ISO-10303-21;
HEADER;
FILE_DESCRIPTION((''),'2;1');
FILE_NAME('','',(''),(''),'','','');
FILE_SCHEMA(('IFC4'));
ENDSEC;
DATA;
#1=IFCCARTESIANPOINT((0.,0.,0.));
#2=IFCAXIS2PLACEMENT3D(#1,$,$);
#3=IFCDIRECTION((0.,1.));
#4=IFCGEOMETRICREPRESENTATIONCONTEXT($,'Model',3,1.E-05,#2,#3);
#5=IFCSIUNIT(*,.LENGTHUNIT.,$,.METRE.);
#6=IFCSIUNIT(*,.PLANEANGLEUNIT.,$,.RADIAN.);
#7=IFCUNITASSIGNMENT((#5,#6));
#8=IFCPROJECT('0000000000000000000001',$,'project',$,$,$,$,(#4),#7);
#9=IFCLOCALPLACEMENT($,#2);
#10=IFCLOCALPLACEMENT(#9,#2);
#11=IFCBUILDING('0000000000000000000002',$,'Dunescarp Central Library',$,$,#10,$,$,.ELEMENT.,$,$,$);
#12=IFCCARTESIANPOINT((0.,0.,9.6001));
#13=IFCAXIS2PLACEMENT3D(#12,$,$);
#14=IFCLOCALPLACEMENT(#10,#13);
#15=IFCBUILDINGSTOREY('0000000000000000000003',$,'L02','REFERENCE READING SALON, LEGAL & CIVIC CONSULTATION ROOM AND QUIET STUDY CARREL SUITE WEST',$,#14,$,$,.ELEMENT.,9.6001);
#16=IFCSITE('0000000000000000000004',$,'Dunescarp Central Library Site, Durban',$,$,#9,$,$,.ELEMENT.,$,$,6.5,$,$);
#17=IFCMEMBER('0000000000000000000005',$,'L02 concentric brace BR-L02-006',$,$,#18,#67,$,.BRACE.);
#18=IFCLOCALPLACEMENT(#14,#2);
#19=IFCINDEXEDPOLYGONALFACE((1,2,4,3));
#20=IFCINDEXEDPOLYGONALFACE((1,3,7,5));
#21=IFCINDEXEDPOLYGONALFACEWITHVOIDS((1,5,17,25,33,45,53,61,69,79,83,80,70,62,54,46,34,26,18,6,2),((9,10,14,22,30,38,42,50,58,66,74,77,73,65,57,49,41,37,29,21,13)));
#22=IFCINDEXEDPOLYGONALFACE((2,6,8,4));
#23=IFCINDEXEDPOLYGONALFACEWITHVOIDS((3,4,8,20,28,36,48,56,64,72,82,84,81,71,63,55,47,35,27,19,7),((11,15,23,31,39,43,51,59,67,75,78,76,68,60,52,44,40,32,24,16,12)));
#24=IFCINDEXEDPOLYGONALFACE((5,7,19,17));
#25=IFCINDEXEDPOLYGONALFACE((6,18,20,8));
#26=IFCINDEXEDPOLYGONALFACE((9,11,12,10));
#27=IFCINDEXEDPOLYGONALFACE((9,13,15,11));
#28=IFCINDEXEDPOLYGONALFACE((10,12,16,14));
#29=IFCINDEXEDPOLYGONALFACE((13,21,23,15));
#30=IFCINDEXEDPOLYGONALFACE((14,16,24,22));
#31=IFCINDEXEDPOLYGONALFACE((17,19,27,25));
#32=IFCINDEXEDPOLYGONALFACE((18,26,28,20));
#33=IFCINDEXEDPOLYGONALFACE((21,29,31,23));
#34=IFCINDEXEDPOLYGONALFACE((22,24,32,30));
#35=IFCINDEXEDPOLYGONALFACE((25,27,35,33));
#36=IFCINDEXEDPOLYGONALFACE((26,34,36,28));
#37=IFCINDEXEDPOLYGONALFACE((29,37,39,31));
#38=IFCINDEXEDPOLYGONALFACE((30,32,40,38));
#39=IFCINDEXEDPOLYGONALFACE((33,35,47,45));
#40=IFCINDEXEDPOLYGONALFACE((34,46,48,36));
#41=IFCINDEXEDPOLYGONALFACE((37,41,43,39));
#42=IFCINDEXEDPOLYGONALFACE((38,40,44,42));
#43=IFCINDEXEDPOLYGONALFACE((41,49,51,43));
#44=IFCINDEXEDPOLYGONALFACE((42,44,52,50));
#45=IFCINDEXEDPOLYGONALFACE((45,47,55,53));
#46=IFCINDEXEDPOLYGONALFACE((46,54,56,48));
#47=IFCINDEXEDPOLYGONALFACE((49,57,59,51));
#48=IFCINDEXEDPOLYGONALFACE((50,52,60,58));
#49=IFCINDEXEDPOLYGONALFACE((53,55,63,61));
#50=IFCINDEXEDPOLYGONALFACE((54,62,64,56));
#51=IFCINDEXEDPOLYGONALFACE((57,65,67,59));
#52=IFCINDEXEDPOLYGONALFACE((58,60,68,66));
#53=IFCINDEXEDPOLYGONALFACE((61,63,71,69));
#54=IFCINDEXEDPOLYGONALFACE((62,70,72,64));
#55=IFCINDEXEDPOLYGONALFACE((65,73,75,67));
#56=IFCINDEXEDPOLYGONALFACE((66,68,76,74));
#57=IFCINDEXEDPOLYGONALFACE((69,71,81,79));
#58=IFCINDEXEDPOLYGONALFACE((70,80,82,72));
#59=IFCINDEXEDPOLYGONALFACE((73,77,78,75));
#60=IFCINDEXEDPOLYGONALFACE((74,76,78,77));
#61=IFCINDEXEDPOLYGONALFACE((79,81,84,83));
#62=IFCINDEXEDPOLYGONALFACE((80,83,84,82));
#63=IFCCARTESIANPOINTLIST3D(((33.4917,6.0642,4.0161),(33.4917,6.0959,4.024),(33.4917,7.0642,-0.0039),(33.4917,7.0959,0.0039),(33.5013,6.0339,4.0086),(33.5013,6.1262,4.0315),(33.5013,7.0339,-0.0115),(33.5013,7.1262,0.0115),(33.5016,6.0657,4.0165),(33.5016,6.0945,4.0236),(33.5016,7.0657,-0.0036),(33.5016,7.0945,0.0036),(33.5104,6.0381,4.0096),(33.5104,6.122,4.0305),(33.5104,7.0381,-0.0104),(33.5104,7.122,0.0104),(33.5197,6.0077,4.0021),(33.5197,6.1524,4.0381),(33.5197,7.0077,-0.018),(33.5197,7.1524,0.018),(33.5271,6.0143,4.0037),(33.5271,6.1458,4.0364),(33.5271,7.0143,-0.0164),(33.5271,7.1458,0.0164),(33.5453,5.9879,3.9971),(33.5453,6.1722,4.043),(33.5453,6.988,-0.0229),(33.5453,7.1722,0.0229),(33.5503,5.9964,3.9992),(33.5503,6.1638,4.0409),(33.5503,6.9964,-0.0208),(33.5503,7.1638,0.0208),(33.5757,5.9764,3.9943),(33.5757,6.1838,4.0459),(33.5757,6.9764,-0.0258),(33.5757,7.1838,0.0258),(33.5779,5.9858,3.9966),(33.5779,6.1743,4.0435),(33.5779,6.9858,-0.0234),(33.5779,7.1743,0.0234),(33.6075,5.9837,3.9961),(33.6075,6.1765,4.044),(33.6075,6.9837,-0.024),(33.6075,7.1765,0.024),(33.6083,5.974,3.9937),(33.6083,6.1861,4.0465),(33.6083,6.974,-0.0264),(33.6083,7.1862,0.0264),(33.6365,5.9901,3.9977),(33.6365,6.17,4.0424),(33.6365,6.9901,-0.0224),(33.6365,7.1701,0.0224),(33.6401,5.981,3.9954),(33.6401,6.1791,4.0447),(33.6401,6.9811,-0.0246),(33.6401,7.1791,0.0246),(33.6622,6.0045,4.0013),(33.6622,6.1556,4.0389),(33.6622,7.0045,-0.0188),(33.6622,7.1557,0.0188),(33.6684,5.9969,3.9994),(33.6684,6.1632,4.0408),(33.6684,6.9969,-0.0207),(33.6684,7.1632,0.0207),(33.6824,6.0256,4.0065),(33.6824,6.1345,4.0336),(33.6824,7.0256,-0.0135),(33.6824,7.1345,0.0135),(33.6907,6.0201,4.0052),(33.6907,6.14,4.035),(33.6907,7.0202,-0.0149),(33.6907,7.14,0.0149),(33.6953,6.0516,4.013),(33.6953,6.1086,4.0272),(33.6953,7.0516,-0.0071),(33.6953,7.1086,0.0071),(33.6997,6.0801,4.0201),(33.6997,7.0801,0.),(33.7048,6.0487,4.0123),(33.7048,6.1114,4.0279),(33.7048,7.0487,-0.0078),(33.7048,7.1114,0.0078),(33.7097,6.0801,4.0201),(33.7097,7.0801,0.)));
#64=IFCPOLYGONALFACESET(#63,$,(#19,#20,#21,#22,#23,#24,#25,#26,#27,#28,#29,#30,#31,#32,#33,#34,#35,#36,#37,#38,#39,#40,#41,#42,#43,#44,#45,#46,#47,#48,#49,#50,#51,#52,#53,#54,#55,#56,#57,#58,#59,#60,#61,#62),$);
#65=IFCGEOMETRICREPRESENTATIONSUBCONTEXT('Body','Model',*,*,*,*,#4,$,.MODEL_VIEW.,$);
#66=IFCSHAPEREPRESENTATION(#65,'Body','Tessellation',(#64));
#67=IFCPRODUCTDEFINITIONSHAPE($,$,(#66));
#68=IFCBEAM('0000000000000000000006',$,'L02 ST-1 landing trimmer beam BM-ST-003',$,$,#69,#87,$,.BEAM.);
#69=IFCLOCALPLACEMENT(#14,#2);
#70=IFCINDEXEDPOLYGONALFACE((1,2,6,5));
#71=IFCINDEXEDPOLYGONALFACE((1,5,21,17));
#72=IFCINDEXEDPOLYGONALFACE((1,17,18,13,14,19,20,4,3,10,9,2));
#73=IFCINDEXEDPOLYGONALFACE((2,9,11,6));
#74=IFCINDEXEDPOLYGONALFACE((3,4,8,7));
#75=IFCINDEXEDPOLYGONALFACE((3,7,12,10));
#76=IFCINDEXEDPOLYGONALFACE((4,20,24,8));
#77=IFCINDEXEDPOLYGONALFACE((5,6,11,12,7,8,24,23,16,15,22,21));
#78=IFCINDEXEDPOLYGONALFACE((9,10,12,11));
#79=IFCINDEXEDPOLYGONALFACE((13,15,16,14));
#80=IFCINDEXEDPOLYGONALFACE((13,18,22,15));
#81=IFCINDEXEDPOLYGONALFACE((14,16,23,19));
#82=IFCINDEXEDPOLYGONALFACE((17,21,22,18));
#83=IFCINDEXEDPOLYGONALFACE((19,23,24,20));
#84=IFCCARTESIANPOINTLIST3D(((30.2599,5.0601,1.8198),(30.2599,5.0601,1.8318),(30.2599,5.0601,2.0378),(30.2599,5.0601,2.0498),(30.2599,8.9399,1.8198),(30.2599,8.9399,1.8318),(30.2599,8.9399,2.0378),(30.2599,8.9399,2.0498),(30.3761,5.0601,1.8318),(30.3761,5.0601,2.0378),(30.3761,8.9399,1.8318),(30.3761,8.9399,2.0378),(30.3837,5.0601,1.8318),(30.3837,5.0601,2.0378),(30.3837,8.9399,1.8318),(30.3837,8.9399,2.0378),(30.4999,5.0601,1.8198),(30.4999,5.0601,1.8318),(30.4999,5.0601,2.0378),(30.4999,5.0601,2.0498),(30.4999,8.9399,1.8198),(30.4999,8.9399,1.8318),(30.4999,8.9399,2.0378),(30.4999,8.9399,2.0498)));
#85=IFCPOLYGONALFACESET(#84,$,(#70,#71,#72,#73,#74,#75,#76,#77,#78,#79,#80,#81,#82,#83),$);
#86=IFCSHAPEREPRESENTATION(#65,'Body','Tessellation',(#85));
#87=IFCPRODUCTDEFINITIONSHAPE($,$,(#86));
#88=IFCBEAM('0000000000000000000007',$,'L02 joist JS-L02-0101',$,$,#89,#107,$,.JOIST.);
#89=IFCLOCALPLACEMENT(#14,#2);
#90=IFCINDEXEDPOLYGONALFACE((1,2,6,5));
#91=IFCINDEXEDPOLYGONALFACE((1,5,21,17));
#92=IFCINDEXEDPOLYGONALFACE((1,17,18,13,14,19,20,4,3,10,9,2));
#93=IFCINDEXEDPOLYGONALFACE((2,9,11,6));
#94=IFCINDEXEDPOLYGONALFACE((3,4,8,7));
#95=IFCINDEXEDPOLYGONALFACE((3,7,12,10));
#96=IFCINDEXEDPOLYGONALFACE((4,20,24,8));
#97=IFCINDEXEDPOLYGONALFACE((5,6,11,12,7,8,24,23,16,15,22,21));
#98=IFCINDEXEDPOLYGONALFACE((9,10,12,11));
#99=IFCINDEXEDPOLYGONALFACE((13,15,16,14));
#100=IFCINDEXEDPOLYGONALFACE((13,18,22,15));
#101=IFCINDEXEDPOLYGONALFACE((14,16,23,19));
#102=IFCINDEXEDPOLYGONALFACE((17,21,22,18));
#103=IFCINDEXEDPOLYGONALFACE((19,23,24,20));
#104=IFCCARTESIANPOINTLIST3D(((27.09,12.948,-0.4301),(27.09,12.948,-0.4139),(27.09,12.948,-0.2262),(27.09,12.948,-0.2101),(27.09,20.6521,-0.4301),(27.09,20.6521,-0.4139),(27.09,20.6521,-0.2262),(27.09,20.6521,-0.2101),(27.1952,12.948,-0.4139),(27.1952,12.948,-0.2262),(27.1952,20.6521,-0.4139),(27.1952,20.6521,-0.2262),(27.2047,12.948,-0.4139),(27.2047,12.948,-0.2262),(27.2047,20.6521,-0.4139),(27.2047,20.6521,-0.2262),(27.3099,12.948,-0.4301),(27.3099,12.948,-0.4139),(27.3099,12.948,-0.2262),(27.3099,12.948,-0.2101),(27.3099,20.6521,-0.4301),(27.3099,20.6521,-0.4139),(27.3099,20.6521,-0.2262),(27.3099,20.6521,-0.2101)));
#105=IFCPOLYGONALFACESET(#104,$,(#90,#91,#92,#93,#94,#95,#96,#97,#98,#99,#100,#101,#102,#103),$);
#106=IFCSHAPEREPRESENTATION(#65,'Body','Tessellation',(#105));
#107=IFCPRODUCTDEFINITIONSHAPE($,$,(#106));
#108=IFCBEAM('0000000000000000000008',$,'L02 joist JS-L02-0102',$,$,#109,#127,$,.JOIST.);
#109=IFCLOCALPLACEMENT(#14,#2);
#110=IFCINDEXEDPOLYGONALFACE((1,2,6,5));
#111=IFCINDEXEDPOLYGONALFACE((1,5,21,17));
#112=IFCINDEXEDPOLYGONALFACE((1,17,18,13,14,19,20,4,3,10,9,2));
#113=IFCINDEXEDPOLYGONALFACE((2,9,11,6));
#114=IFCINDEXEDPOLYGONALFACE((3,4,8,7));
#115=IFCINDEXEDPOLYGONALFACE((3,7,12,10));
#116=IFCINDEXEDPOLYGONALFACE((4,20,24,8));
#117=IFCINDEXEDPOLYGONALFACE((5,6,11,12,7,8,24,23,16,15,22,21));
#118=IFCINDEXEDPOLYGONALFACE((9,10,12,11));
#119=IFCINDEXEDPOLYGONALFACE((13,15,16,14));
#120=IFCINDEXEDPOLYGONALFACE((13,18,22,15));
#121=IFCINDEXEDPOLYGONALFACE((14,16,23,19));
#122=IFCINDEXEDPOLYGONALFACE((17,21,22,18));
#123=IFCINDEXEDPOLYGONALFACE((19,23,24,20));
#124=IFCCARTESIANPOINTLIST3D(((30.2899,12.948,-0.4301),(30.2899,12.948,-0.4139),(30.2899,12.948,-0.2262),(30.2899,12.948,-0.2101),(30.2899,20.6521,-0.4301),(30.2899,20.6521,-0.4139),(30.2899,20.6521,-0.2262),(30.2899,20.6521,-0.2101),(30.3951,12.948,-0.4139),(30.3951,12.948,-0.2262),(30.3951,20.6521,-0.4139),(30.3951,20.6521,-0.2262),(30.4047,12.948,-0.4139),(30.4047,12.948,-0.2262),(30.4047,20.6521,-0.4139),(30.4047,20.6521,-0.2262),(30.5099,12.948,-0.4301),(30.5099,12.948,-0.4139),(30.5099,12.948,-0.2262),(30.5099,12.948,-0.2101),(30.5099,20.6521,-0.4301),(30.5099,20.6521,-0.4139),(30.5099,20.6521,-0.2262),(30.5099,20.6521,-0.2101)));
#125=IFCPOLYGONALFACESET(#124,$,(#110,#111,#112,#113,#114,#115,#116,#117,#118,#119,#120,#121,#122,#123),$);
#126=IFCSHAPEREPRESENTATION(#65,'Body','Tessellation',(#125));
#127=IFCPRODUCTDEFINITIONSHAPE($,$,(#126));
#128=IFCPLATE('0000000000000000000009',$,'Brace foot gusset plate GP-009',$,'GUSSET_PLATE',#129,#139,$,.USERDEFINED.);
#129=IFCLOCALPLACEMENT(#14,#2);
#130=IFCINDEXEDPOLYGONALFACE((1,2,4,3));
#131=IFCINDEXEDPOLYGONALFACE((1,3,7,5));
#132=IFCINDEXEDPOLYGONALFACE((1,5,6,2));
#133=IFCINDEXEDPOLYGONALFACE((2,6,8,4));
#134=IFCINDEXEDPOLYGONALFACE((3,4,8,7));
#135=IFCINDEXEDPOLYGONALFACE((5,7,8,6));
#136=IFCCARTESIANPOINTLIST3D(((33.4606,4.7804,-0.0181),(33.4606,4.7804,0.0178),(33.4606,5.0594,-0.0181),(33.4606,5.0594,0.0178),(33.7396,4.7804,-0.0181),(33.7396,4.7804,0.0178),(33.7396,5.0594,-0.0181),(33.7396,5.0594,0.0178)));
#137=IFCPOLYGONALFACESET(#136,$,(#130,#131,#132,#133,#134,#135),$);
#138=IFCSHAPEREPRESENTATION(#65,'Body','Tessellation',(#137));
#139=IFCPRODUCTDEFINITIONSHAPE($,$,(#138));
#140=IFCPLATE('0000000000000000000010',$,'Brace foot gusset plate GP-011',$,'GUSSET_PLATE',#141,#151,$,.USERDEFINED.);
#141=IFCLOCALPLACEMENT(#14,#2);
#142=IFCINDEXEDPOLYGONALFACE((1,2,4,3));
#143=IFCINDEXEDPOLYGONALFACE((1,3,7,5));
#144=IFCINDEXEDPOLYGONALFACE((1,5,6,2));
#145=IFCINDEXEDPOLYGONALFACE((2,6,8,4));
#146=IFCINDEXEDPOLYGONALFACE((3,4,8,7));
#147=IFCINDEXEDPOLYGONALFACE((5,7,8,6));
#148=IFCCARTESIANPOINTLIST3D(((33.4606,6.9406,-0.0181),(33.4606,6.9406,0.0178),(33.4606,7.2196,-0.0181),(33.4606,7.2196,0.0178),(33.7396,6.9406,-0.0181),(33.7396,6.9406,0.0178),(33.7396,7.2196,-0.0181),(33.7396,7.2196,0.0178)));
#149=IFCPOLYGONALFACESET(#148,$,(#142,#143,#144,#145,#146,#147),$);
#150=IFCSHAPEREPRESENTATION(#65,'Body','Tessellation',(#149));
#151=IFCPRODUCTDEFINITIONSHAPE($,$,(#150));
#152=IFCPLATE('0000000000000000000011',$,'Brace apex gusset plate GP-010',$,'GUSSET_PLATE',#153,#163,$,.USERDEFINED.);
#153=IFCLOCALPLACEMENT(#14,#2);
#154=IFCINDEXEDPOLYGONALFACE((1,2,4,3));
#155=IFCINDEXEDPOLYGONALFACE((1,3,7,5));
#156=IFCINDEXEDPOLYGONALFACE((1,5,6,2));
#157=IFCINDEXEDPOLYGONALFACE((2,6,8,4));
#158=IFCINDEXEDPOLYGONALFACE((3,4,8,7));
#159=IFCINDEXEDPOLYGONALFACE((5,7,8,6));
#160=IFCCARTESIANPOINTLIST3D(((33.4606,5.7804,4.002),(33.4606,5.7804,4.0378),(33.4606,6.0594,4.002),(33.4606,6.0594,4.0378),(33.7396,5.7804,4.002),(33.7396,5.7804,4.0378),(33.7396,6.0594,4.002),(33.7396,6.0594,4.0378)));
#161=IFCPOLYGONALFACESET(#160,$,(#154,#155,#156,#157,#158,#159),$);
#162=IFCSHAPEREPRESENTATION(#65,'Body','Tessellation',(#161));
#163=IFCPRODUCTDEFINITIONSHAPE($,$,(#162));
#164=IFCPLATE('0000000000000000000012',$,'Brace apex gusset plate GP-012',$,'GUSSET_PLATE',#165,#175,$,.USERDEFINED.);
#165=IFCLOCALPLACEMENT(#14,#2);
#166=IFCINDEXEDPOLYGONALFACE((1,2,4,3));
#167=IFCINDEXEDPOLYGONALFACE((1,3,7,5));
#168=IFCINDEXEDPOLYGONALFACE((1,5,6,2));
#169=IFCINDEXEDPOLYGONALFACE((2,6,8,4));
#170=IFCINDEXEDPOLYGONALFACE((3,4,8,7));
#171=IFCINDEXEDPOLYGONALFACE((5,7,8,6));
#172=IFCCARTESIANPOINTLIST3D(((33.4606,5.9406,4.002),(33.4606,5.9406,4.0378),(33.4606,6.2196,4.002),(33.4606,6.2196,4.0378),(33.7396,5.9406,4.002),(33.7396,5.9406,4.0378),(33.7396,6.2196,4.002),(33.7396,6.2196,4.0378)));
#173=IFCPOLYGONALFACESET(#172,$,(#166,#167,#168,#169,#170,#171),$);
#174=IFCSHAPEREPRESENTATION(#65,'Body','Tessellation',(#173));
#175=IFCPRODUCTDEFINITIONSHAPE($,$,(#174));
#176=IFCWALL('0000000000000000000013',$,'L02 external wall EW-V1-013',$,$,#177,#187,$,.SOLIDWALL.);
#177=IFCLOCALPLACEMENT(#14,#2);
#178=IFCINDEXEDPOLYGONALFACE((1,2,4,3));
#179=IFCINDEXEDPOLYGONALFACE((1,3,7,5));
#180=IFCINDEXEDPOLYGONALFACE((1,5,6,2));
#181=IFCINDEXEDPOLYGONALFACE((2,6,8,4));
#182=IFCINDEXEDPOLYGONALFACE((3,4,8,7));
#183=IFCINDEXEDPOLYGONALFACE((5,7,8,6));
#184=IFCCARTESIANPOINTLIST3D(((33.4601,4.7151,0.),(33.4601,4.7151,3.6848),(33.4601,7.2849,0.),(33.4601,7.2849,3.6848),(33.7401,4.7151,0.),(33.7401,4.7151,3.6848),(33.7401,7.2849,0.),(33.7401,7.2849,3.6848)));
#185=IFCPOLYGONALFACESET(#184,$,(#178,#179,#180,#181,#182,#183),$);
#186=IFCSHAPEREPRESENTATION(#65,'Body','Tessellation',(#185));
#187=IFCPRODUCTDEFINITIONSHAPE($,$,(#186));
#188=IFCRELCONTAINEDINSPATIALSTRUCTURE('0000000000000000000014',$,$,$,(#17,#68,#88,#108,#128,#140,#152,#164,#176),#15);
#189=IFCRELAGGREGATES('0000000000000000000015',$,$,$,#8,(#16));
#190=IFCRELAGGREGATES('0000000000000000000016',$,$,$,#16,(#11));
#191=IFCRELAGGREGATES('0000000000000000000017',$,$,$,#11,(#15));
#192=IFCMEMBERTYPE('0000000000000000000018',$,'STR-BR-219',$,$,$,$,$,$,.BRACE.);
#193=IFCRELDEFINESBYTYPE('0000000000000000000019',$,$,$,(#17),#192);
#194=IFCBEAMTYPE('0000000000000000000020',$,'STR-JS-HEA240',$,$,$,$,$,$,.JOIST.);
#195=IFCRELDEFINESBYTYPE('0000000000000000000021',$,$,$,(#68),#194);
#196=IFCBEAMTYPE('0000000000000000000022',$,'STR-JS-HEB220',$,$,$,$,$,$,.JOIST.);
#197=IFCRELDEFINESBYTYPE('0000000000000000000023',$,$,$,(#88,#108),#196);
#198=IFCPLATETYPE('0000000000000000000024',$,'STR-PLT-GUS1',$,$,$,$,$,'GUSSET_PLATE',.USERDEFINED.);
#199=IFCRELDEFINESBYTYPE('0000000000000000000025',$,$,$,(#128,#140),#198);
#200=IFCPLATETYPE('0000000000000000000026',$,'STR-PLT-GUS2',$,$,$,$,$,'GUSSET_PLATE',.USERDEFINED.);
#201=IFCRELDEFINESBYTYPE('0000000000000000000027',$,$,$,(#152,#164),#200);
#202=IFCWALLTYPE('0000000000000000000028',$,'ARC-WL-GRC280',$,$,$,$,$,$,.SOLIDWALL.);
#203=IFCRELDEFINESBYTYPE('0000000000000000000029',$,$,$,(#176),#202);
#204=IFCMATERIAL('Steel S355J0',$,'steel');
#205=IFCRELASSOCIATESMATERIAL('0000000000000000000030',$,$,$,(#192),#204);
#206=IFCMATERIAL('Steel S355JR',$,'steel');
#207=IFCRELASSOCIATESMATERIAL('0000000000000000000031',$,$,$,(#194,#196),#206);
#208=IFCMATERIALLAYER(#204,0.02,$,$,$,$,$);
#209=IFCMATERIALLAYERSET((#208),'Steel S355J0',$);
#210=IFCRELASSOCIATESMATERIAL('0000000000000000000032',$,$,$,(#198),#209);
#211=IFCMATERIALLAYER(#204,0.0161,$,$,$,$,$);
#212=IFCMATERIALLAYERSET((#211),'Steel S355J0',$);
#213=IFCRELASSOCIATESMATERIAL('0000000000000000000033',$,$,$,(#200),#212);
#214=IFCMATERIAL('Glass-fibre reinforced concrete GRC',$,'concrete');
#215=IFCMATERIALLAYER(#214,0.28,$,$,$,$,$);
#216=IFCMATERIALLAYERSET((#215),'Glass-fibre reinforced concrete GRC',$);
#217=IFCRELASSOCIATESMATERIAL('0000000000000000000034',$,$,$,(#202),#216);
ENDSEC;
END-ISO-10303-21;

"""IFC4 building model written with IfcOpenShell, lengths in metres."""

from ifc_helpers import new_model, si_unit, direction, frame, frame_2d, origin, origin_2d, place, context, subcontext, project, spatial, rectangle, hollow_circle, i_section, extrude, material, layer, layer_set, material_profile, profile_set, type_object, element, save


model = new_model("IFC4")

# Units and contexts
model_context = context("Model", 3, precision=1e-05, world=origin(), true_north=direction((0.0, 1.0)))
body_context = subcontext(model_context, "Body", "Model", "MODEL_VIEW")
ifc_project = project(units=[si_unit("LENGTHUNIT", "METRE"), si_unit("PLANEANGLEUNIT", "RADIAN")], contexts=[model_context])

# Site, building, storey
site_placement = place(None, origin())
site = spatial("IfcSite", under=ifc_project, at=site_placement, Name="Dunescarp Central Library Site, Durban", CompositionType="ELEMENT", RefElevation=6.5)
building_placement = place(site_placement, origin())
building = spatial("IfcBuilding", under=site, at=building_placement, Name="Dunescarp Central Library", CompositionType="ELEMENT")
storey_placement = place(building_placement, frame((0.0, 0.0, 9.6001)))
storey = spatial("IfcBuildingStorey", under=building, at=storey_placement, Name="L02", Description="REFERENCE READING SALON, LEGAL & CIVIC CONSULTATION ROOM AND QUIET STUDY CARREL SUITE WEST", CompositionType="ELEMENT", Elevation=9.6001)

# Shared definitions
ifc_material_1 = material(Name="Steel S355JR", Category="steel")

# Member
ifc_material_2 = material(Name="Steel S355J0", Category="steel")
ifc_material_profile_1 = material_profile(ifc_material_2, hollow_circle(Radius=0.1096, WallThickness=0.01, at=origin_2d()), Name="CHS 219.1x10")
ifc_profile_set_1 = profile_set([ifc_material_profile_1], Name="Steel S355J0")
member_type = type_object("IfcMemberType", Name="STR-BR-219", PredefinedType="BRACE", material=ifc_profile_set_1)
for number, where, z_axis, x_axis, name in (
    (1, (33.6001, 7.0801, 0.0), (0.0, -0.241398, 0.970426), (1.0, 0.0, 0.0), "L02 concentric brace BR-L02-006"),
):
    element("IfcMember", number, at=place(storey_placement, frame(where, z_axis=z_axis, x_axis=x_axis)), inside=storey, type_object=member_type, Name=name, PredefinedType="BRACE", context=body_context, shape_type="SweptSolid", body=[
        extrude(hollow_circle(Radius=0.1096, WallThickness=0.01, at=origin_2d()), origin(), (0.0, 0.0, 1.0), 4.1426),
    ])

# Beams
ifc_material_profile_2 = material_profile(ifc_material_1, i_section(OverallWidth=0.24, OverallDepth=0.23, WebThickness=0.0076, FlangeThickness=0.012, at=origin_2d()), Name="HEA 240")
ifc_profile_set_2 = profile_set([ifc_material_profile_2], Name="Steel S355JR")
beam_type_1 = type_object("IfcBeamType", Name="STR-JS-HEA240", PredefinedType="JOIST", material=ifc_profile_set_2)
beam_1_placement = place(storey_placement, frame((30.3799, 5.0601, 1.9348), z_axis=(0.0, 1.0, 0.0), x_axis=(-1.0, 0.0, 0.0)))
element("IfcBeam", 2, at=beam_1_placement, inside=storey, type_object=beam_type_1, Name="L02 ST-1 landing trimmer beam BM-ST-003", PredefinedType="BEAM", context=body_context, shape_type="SweptSolid", body=[
    extrude(i_section(OverallWidth=0.24, OverallDepth=0.23, WebThickness=0.0076, FlangeThickness=0.012, at=origin_2d()), origin(), (0.0, 0.0, 1.0), 3.8799),
])
ifc_material_profile_3 = material_profile(ifc_material_1, i_section(OverallWidth=0.22, OverallDepth=0.22, WebThickness=0.0095, FlangeThickness=0.0161, at=origin_2d()), Name="HEB 220")
ifc_profile_set_3 = profile_set([ifc_material_profile_3], Name="Steel S355JR")
beam_type_2 = type_object("IfcBeamType", Name="STR-JS-HEB220", PredefinedType="JOIST", material=ifc_profile_set_3)
for number, where, z_axis, x_axis, name in (
    (3, (27.2, 12.948, -0.3201), (0.0, 1.0, 0.0), (-1.0, 0.0, 0.0), "L02 joist JS-L02-0101"),
    (4, (30.3999, 12.948, -0.3201), (0.0, 1.0, 0.0), (-1.0, 0.0, 0.0), "L02 joist JS-L02-0102"),
):
    element("IfcBeam", number, at=place(storey_placement, frame(where, z_axis=z_axis, x_axis=x_axis)), inside=storey, type_object=beam_type_2, Name=name, PredefinedType="JOIST", context=body_context, shape_type="SweptSolid", body=[
        extrude(i_section(OverallWidth=0.22, OverallDepth=0.22, WebThickness=0.0095, FlangeThickness=0.0161, at=origin_2d()), origin(), (0.0, 0.0, 1.0), 7.7041),
    ])

# Plates
ifc_layer_1 = layer(ifc_material_2, 0.02)
ifc_layer_set_1 = layer_set([ifc_layer_1], Name="Steel S355J0")
plate_type_1 = type_object("IfcPlateType", Name="STR-PLT-GUS1", ElementType="GUSSET_PLATE", PredefinedType="USERDEFINED", material=ifc_layer_set_1)
for number, where, z_axis, x_axis, name in (
    (5, (33.6001, 4.9199, -0.0181), (0.0, 0.0, 1.0), (1.0, 0.0, 0.0), "Brace foot gusset plate GP-009"),
    (6, (33.6001, 7.0801, -0.0181), (0.0, 0.0, 1.0), (1.0, 0.0, 0.0), "Brace foot gusset plate GP-011"),
):
    element("IfcPlate", number, at=place(storey_placement, frame(where, z_axis=z_axis, x_axis=x_axis)), inside=storey, type_object=plate_type_1, Name=name, ObjectType="GUSSET_PLATE", PredefinedType="USERDEFINED", context=body_context, shape_type="SweptSolid", body=[
        extrude(rectangle(XDim=0.2791, YDim=0.2791, at=origin_2d()), origin(), (0.0, 0.0, 1.0), 0.0359),
    ])
ifc_layer_2 = layer(ifc_material_2, 0.0161)
ifc_layer_set_2 = layer_set([ifc_layer_2], Name="Steel S355J0")
plate_type_2 = type_object("IfcPlateType", Name="STR-PLT-GUS2", ElementType="GUSSET_PLATE", PredefinedType="USERDEFINED", material=ifc_layer_set_2)
for number, where, z_axis, x_axis, name in (
    (7, (33.6001, 5.9199, 4.002), (0.0, 0.0, 1.0), (1.0, 0.0, 0.0), "Brace apex gusset plate GP-010"),
    (8, (33.6001, 6.0801, 4.002), (0.0, 0.0, 1.0), (1.0, 0.0, 0.0), "Brace apex gusset plate GP-012"),
):
    element("IfcPlate", number, at=place(storey_placement, frame(where, z_axis=z_axis, x_axis=x_axis)), inside=storey, type_object=plate_type_2, Name=name, ObjectType="GUSSET_PLATE", PredefinedType="USERDEFINED", context=body_context, shape_type="SweptSolid", body=[
        extrude(rectangle(XDim=0.2791, YDim=0.2791, at=origin_2d()), origin(), (0.0, 0.0, 1.0), 0.0359),
    ])

# Wall
ifc_material_3 = material(Name="Glass-fibre reinforced concrete GRC", Category="concrete")
ifc_layer_3 = layer(ifc_material_3, 0.28)
ifc_layer_set_3 = layer_set([ifc_layer_3], Name="Glass-fibre reinforced concrete GRC")
wall_type_1 = type_object("IfcWallType", Name="ARC-WL-GRC280", PredefinedType="SOLIDWALL", material=ifc_layer_set_3)
wall_1_placement = place(storey_placement, frame((33.6001, 7.2849, 0.0), z_axis=(0.0, 0.0, 1.0), x_axis=(0.0, -1.0, 0.0)))
element("IfcWall", 9, at=wall_1_placement, inside=storey, type_object=wall_type_1, Name="L02 external wall EW-V1-013", PredefinedType="SOLIDWALL", context=body_context, shape_type="SweptSolid", body=[
    extrude(rectangle(XDim=2.5698, YDim=0.28, at=frame_2d((1.2849, 0.0))), origin(), (0.0, 0.0, 1.0), 3.6848),
])

save(model, "model.ifc")
